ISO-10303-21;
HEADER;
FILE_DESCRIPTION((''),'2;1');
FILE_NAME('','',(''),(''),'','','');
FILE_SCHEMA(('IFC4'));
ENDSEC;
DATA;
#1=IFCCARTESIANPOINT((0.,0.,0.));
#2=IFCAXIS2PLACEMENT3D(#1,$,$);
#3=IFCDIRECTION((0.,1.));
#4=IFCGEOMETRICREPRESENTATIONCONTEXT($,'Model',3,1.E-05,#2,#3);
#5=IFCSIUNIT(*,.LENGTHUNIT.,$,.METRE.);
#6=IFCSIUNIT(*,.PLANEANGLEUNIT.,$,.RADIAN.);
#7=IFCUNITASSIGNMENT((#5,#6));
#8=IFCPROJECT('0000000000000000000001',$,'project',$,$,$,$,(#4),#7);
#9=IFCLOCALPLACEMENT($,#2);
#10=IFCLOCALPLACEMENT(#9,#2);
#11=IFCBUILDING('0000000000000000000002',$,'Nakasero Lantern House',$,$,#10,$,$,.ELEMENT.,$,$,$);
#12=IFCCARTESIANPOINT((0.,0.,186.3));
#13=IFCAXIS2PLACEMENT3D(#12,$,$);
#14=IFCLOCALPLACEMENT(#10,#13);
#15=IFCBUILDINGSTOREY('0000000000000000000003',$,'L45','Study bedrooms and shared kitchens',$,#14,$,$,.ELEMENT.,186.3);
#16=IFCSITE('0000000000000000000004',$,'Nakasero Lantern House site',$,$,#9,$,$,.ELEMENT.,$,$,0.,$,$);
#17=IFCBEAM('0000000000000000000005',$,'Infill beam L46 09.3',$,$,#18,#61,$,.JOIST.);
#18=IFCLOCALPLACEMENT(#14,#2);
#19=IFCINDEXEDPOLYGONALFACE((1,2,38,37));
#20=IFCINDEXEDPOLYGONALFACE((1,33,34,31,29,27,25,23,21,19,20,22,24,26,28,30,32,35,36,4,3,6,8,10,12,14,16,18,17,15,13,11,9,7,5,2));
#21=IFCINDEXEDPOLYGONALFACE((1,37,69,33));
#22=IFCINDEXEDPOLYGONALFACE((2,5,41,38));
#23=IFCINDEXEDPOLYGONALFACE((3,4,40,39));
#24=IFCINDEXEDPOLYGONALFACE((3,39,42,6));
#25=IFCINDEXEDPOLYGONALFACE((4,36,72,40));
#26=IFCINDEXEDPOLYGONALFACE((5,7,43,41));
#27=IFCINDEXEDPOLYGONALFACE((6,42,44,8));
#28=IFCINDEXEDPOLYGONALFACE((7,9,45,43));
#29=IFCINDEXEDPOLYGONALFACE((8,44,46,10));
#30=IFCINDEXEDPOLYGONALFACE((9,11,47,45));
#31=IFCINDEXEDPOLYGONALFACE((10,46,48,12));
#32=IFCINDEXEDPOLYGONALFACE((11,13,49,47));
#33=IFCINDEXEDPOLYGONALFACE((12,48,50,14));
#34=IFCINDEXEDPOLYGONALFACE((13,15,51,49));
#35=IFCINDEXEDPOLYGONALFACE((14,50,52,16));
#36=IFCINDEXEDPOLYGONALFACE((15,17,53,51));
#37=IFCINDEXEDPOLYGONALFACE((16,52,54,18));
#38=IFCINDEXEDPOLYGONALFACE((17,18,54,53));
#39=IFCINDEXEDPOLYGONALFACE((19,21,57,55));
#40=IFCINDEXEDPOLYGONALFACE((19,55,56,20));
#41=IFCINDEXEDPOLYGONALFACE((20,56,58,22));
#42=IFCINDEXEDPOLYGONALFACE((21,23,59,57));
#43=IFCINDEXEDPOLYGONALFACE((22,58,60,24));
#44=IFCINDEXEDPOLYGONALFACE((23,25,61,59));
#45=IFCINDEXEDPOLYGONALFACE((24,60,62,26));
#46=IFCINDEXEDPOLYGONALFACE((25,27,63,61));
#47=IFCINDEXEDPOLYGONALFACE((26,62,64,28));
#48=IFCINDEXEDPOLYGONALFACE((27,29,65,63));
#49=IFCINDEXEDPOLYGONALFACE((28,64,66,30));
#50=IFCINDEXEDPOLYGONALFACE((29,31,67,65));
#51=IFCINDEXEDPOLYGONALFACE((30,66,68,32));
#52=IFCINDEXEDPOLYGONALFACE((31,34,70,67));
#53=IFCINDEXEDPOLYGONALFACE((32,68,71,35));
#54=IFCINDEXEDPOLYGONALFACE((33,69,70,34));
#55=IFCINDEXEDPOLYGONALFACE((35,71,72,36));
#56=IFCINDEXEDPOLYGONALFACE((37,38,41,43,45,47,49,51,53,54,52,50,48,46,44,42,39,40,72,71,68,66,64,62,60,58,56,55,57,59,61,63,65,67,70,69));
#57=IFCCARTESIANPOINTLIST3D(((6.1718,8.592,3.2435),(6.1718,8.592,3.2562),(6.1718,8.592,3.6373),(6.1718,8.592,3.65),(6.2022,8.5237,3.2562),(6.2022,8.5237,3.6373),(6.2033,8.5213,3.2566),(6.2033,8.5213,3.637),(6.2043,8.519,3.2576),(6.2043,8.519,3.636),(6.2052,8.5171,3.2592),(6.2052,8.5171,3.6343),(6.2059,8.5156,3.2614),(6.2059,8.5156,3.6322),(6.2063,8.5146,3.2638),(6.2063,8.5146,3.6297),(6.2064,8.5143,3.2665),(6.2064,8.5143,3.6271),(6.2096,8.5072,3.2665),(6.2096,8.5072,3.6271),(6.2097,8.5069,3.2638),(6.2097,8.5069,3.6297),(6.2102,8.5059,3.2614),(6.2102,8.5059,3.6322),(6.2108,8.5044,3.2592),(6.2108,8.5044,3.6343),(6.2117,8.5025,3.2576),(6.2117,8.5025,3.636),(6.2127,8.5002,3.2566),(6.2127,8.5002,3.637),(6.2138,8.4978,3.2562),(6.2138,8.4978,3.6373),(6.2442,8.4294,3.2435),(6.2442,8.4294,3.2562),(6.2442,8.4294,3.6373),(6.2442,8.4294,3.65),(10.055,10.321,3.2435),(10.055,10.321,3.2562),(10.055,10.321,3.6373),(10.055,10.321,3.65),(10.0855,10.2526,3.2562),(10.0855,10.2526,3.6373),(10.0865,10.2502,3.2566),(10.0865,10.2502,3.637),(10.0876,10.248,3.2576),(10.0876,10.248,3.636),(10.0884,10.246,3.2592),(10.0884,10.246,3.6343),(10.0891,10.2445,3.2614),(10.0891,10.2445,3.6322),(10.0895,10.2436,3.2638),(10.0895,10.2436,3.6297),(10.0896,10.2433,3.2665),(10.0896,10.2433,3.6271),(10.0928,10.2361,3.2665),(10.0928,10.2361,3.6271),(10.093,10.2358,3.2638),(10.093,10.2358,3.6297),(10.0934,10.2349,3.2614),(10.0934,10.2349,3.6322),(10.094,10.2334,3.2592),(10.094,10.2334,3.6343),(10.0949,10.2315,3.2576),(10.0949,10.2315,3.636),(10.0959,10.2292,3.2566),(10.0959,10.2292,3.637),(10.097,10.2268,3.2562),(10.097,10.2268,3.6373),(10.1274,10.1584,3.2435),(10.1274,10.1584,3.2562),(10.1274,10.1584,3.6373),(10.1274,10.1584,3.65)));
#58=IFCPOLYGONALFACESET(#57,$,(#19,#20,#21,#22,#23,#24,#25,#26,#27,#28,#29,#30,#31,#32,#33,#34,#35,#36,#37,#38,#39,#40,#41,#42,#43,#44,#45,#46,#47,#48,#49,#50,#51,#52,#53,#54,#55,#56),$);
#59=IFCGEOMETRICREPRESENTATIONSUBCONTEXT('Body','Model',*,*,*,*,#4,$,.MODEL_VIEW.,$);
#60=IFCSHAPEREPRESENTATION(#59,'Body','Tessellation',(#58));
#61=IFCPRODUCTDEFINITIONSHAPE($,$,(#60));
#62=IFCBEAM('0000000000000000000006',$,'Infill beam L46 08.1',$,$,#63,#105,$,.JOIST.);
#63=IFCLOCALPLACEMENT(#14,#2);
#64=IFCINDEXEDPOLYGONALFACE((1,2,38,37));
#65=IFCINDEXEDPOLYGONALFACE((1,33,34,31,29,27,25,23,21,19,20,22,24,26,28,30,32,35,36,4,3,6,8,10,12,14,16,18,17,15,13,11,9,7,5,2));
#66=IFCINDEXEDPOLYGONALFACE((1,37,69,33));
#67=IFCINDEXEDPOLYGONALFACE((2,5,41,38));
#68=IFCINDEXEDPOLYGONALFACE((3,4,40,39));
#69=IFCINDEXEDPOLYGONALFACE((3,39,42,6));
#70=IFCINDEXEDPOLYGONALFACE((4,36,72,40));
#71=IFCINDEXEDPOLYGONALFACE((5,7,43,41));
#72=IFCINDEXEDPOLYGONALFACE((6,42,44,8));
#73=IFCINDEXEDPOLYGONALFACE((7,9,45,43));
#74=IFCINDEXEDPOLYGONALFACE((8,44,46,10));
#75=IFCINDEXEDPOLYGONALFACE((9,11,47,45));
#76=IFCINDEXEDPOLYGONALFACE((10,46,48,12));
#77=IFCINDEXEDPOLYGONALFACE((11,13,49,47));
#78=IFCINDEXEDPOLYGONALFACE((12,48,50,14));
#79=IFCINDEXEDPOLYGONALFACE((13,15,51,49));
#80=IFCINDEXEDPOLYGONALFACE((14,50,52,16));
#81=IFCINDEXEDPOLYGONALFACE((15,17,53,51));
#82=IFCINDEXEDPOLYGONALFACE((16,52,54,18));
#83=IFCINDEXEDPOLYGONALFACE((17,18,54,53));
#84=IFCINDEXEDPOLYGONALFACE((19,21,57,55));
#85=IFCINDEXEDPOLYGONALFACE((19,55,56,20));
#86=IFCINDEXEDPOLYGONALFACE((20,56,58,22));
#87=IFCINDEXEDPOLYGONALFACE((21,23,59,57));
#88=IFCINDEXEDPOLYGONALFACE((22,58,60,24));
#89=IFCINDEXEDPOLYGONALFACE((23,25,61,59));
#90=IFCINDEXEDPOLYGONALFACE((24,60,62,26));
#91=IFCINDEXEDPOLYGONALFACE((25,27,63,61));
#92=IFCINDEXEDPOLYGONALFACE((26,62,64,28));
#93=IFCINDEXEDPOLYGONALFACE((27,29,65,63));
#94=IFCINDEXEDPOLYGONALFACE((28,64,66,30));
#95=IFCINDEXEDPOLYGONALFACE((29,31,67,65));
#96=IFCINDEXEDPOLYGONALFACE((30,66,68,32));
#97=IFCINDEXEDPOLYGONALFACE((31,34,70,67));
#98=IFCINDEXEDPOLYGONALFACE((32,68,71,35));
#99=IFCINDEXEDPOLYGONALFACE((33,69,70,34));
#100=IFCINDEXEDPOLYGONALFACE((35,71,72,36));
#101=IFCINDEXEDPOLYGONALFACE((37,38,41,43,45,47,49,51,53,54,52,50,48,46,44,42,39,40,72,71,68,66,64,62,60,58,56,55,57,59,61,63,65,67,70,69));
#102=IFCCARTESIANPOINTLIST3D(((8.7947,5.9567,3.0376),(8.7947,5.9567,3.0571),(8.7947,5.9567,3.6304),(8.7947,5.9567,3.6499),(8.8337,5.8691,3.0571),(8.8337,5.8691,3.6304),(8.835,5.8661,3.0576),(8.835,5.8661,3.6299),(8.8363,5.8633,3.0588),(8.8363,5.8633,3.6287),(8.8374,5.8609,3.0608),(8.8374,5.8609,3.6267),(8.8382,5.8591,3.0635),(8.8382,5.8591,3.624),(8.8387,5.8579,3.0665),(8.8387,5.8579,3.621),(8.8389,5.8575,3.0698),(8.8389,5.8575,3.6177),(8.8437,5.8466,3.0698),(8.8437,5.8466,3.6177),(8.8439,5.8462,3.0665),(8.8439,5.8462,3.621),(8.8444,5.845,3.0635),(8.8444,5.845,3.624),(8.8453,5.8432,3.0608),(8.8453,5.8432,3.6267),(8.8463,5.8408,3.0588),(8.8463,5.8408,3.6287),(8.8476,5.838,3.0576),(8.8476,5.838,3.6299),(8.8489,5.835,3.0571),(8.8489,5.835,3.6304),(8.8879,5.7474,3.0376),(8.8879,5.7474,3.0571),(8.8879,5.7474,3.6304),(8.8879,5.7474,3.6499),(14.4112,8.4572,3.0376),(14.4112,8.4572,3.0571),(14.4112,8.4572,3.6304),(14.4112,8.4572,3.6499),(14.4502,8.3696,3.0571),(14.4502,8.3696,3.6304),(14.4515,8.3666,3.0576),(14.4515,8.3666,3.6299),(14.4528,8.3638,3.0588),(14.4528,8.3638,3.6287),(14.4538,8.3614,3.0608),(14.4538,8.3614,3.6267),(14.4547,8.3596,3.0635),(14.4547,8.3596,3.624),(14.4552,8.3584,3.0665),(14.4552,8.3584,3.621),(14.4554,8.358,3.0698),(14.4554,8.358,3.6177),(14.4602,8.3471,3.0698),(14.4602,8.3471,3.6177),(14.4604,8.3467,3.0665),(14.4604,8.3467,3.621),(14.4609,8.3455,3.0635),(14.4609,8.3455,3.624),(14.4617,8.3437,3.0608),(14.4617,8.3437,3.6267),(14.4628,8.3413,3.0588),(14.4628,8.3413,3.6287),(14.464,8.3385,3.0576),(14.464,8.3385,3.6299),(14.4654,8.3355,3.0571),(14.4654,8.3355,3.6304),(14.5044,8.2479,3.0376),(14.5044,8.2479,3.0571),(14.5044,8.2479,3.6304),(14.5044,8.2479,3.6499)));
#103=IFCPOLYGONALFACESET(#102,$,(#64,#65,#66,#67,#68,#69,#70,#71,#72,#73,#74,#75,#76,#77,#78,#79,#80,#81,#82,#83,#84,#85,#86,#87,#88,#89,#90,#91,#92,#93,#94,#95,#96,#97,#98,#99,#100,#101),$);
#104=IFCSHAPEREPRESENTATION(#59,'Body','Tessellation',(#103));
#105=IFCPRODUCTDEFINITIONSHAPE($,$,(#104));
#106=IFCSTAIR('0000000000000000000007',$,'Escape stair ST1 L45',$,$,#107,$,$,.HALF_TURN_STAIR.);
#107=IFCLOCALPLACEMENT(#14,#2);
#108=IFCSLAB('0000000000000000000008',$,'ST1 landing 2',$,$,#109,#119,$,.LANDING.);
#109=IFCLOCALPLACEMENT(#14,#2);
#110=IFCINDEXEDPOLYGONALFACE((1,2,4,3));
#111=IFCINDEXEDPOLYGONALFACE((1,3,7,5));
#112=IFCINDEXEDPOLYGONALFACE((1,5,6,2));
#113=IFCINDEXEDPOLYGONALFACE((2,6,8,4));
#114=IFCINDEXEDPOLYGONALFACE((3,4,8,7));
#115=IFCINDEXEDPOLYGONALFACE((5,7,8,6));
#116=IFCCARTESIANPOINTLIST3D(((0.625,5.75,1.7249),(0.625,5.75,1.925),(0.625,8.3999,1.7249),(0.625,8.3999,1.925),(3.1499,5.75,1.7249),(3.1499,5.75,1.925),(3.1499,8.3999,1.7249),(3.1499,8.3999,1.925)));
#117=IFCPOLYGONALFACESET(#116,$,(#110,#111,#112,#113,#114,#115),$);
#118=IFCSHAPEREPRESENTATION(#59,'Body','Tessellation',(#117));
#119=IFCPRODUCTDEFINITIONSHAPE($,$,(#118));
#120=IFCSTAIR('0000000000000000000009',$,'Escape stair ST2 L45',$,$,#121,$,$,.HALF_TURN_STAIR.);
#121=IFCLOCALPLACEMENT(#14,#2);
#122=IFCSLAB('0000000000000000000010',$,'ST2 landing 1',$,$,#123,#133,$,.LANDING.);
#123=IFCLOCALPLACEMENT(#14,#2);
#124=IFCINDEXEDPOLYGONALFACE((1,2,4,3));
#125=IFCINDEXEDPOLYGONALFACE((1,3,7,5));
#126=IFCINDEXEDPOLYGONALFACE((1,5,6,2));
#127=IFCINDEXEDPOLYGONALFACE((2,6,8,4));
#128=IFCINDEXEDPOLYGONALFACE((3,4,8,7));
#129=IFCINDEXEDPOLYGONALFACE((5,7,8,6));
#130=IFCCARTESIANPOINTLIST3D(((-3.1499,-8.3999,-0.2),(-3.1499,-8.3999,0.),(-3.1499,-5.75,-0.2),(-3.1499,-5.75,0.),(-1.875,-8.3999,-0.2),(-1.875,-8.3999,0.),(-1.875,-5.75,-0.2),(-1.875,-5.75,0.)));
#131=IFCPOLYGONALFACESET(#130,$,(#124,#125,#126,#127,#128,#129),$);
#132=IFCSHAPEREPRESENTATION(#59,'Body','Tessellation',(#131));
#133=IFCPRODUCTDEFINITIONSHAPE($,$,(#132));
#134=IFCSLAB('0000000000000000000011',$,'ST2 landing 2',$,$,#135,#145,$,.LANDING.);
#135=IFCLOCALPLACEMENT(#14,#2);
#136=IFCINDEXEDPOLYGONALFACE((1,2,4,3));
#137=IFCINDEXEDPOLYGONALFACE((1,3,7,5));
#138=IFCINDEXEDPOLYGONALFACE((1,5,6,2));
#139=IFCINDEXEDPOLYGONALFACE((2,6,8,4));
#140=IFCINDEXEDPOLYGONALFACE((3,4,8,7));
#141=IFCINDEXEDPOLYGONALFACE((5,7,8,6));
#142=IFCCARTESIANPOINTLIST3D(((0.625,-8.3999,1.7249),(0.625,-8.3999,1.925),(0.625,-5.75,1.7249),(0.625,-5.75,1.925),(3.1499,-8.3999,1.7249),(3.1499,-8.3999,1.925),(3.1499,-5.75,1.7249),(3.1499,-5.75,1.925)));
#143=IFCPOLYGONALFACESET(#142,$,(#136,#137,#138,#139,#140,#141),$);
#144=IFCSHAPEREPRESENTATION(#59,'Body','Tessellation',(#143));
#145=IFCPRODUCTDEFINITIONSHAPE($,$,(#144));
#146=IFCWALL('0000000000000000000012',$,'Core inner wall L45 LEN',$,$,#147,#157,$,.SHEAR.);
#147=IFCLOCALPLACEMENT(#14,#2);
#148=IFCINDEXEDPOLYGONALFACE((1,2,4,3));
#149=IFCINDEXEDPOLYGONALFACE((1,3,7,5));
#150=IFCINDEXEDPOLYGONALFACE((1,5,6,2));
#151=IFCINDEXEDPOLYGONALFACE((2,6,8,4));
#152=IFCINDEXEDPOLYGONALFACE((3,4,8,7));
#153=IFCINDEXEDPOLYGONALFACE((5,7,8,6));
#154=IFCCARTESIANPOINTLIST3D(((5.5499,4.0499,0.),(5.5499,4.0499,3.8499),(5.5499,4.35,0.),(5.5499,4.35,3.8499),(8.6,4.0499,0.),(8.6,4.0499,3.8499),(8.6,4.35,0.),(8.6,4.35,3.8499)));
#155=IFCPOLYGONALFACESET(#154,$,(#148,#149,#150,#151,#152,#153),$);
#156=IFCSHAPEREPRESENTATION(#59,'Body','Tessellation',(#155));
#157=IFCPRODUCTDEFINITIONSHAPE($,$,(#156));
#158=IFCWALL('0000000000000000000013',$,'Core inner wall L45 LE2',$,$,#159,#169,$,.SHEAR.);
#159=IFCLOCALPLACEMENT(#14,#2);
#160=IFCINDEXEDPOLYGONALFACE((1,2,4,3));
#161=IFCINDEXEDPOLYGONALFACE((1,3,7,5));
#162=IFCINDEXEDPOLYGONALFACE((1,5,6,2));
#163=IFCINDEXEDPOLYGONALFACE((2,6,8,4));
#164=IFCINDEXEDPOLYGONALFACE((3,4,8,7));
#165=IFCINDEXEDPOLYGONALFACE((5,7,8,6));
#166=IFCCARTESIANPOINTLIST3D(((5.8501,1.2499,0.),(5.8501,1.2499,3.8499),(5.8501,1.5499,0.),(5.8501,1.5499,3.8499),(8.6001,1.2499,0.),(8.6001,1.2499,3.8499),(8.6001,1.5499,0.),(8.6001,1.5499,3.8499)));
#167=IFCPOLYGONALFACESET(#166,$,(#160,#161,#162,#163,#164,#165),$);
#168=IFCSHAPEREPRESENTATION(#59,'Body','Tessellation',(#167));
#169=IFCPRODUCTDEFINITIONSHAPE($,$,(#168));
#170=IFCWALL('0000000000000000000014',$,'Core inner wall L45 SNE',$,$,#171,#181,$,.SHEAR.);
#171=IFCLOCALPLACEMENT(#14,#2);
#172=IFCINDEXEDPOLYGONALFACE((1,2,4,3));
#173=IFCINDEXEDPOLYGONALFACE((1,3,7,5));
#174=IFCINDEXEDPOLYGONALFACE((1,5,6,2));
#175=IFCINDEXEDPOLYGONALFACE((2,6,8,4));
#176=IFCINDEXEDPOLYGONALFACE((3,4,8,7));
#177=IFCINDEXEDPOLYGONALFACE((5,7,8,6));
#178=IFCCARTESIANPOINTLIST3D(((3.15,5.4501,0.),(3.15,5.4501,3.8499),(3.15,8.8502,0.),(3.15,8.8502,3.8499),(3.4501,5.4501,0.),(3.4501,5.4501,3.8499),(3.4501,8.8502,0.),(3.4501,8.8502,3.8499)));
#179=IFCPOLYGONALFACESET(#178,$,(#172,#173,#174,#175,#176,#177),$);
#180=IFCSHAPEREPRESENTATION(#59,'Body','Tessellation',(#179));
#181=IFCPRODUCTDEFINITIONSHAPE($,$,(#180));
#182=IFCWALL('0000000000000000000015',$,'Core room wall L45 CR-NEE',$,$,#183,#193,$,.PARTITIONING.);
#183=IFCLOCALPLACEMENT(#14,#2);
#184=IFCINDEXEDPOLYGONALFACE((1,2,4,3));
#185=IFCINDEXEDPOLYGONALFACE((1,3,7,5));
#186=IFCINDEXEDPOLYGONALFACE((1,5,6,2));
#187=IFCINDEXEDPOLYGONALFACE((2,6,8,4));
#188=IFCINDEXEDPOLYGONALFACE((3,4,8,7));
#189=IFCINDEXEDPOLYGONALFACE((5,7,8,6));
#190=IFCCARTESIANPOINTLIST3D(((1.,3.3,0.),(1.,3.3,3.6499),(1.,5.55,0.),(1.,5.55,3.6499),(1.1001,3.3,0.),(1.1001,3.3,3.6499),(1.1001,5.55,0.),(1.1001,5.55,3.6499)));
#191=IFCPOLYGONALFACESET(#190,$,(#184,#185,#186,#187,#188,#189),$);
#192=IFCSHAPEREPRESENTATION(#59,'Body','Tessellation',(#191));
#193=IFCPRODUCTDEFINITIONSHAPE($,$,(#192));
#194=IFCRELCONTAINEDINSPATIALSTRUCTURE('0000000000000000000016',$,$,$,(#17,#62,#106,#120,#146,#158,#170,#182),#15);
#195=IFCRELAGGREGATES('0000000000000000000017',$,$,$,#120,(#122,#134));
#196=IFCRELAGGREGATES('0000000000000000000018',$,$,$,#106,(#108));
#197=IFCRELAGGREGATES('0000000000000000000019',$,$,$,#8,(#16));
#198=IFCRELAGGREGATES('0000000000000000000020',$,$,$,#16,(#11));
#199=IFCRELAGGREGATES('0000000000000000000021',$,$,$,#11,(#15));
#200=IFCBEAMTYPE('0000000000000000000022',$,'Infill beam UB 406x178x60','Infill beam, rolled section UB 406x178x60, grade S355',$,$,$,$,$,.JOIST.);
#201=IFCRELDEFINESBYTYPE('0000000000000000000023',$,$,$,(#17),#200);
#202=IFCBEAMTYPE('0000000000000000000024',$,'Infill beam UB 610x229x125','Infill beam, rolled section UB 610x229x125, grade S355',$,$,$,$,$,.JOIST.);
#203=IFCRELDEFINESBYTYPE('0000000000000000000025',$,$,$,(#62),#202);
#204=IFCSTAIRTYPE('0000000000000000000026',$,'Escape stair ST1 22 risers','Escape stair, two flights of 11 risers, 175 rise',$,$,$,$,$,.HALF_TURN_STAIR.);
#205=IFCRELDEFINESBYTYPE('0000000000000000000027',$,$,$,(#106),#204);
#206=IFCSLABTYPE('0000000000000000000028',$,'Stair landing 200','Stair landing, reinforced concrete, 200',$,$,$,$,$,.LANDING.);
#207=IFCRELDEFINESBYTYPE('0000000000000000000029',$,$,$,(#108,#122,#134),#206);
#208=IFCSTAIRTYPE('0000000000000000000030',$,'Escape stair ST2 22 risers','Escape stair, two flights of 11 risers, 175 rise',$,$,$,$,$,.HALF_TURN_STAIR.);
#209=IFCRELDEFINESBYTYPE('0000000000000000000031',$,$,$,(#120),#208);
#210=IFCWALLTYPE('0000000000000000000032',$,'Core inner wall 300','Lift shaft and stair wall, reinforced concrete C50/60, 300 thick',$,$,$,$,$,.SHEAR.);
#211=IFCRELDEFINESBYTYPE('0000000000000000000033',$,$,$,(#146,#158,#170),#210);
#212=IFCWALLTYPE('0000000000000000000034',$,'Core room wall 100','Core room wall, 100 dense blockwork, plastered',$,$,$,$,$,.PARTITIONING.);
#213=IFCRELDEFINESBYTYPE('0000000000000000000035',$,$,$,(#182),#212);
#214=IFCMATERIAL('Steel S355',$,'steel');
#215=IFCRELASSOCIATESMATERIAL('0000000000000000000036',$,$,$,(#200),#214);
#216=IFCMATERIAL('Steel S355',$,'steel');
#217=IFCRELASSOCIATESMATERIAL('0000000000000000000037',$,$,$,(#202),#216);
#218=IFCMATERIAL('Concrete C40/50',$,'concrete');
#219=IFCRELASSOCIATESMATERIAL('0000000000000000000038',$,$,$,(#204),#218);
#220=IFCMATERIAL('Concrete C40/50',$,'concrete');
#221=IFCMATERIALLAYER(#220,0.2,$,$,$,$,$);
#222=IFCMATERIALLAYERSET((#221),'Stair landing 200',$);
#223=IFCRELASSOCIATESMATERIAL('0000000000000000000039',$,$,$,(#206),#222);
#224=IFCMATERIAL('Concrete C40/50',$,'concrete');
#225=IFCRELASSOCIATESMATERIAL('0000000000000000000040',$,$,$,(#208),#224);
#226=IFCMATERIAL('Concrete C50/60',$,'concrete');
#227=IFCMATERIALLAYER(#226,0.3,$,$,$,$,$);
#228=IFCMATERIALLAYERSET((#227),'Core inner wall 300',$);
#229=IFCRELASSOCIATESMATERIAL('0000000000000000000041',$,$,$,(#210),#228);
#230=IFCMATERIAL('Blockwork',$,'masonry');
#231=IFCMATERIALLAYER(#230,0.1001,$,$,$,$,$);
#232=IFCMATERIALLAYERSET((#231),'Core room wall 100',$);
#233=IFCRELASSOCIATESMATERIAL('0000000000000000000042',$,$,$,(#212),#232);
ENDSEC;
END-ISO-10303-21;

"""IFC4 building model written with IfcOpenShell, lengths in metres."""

from ifc_helpers import new_model, si_unit, direction, frame, frame_2d, origin, origin_2d, place, context, subcontext, project, spatial, polyline, rectangle, i_section, outline, extrude, material, layer, layer_set, material_profile, profile_set, type_object, element, aggregate, save


model = new_model("IFC4")

# Units and contexts
model_context = context("Model", 3, precision=1e-05, world=origin(), true_north=direction((0.0, 1.0)))
body_context = subcontext(model_context, "Body", "Model", "MODEL_VIEW")
ifc_project = project(units=[si_unit("LENGTHUNIT", "METRE"), si_unit("PLANEANGLEUNIT", "RADIAN")], contexts=[model_context])

# Site, building, storey
site_placement = place(None, origin())
site = spatial("IfcSite", under=ifc_project, at=site_placement, Name="Nakasero Lantern House site", CompositionType="ELEMENT", RefElevation=0.0)
building_placement = place(site_placement, origin())
building = spatial("IfcBuilding", under=site, at=building_placement, Name="Nakasero Lantern House", CompositionType="ELEMENT")
storey_placement = place(building_placement, frame((0.0, 0.0, 186.3)))
storey = spatial("IfcBuildingStorey", under=building, at=storey_placement, Name="L45", Description="Study bedrooms and shared kitchens", CompositionType="ELEMENT", Elevation=186.3)

# Beams
ifc_material_1 = material(Name="Steel S355", Category="steel")
ifc_material_profile_1 = material_profile(ifc_material_1, i_section(OverallWidth=0.178, OverallDepth=0.4065, WebThickness=0.0078, FlangeThickness=0.0127, FilletRadius=0.0103, at=origin_2d()), Name="UB 406x178x60")
ifc_profile_set_1 = profile_set([ifc_material_profile_1], Name="Steel S355")
beam_type_1 = type_object("IfcBeamType", Name="Infill beam UB 406x178x60", Description="Infill beam, rolled section UB 406x178x60, grade S355", PredefinedType="JOIST", material=ifc_profile_set_1)
beam_1_placement = place(storey_placement, frame((6.208, 8.5107, 3.4468), z_axis=(0.913541, 0.406746, 0.0), x_axis=(-0.406746, 0.913541, 0.0)))
element("IfcBeam", 1, at=beam_1_placement, inside=storey, type_object=beam_type_1, Name="Infill beam L46 09.3", PredefinedType="JOIST", context=body_context, shape_type="SweptSolid", body=[
    extrude(i_section(OverallWidth=0.178, OverallDepth=0.4065, WebThickness=0.0078, FlangeThickness=0.0127, FilletRadius=0.0103, at=origin_2d()), origin(), (0.0, 0.0, 1.0), 4.2507),
])
ifc_material_2 = material(Name="Steel S355", Category="steel")
ifc_material_profile_2 = material_profile(ifc_material_2, i_section(OverallWidth=0.229, OverallDepth=0.6123, WebThickness=0.012, FlangeThickness=0.0195, FilletRadius=0.0127, at=origin_2d()), Name="UB 610x229x125")
ifc_profile_set_2 = profile_set([ifc_material_profile_2], Name="Steel S355")
beam_type_2 = type_object("IfcBeamType", Name="Infill beam UB 610x229x125", Description="Infill beam, rolled section UB 610x229x125, grade S355", PredefinedType="JOIST", material=ifc_profile_set_2)
beam_2_placement = place(storey_placement, frame((8.8413, 5.8521, 3.3438), z_axis=(0.913553, 0.406721, 0.0), x_axis=(-0.406721, 0.913553, 0.0)))
element("IfcBeam", 2, at=beam_2_placement, inside=storey, type_object=beam_type_2, Name="Infill beam L46 08.1", PredefinedType="JOIST", context=body_context, shape_type="SweptSolid", body=[
    extrude(i_section(OverallWidth=0.229, OverallDepth=0.6123, WebThickness=0.012, FlangeThickness=0.0195, FilletRadius=0.0127, at=origin_2d()), origin(), (0.0, 0.0, 1.0), 6.1479),
])

# Stair, slab
ifc_material_3 = material(Name="Concrete C40/50", Category="concrete")
stair_type_1 = type_object("IfcStairType", Name="Escape stair ST1 22 risers", Description="Escape stair, two flights of 11 risers, 175 rise", PredefinedType="HALF_TURN_STAIR", material=ifc_material_3)
stair_1_placement = place(storey_placement, origin())
stair_1 = element("IfcStair", 3, at=stair_1_placement, inside=storey, type_object=stair_type_1, Name="Escape stair ST1 L45", PredefinedType="HALF_TURN_STAIR")
ifc_material_4 = material(Name="Concrete C40/50", Category="concrete")
ifc_layer_1 = layer(ifc_material_4, 0.2)
ifc_layer_set_1 = layer_set([ifc_layer_1], Name="Stair landing 200")
slab_type = type_object("IfcSlabType", Name="Stair landing 200", Description="Stair landing, reinforced concrete, 200", PredefinedType="LANDING", material=ifc_layer_set_1)
slab_1_placement = place(storey_placement, frame((0.0, 0.0, 1.7249)))
slab_1 = element("IfcSlab", 4, at=slab_1_placement, type_object=slab_type, Name="ST1 landing 2", PredefinedType="LANDING", context=body_context, shape_type="SweptSolid", body=[
    extrude(outline(polyline([(0.625, 5.75), (3.1499, 5.75), (3.1499, 8.3999), (0.625, 8.3999), (0.625, 5.75)])), origin(), (0.0, 0.0, 1.0), 0.2002),
])

# Stair, slabs
ifc_material_5 = material(Name="Concrete C40/50", Category="concrete")
stair_type_2 = type_object("IfcStairType", Name="Escape stair ST2 22 risers", Description="Escape stair, two flights of 11 risers, 175 rise", PredefinedType="HALF_TURN_STAIR", material=ifc_material_5)
stair_2_placement = place(storey_placement, origin())
stair_2 = element("IfcStair", 5, at=stair_2_placement, inside=storey, type_object=stair_type_2, Name="Escape stair ST2 L45", PredefinedType="HALF_TURN_STAIR")
slab_2_placement = place(storey_placement, frame((0.0, 0.0, -0.2)))
slab_2 = element("IfcSlab", 6, at=slab_2_placement, type_object=slab_type, Name="ST2 landing 1", PredefinedType="LANDING", context=body_context, shape_type="SweptSolid", body=[
    extrude(outline(polyline([(-3.1499, -8.3999), (-1.875, -8.3999), (-1.875, -5.75), (-3.1499, -5.75), (-3.1499, -8.3999)])), origin(), (0.0, 0.0, 1.0), 0.2),
])
slab_3_placement = place(storey_placement, frame((0.0, 0.0, 1.7249)))
slab_3 = element("IfcSlab", 7, at=slab_3_placement, type_object=slab_type, Name="ST2 landing 2", PredefinedType="LANDING", context=body_context, shape_type="SweptSolid", body=[
    extrude(outline(polyline([(0.625, -8.3999), (3.1499, -8.3999), (3.1499, -5.75), (0.625, -5.75), (0.625, -8.3999)])), origin(), (0.0, 0.0, 1.0), 0.2002),
])
aggregate(stair_2, [slab_2, slab_3])

# Walls
ifc_material_6 = material(Name="Concrete C50/60", Category="concrete")
ifc_layer_2 = layer(ifc_material_6, 0.3)
ifc_layer_set_2 = layer_set([ifc_layer_2], Name="Core inner wall 300")
wall_type_1 = type_object("IfcWallType", Name="Core inner wall 300", Description="Lift shaft and stair wall, reinforced concrete C50/60, 300 thick", PredefinedType="SHEAR", material=ifc_layer_set_2)
wall_1_placement = place(storey_placement, frame((5.55, 4.2, 0.0), z_axis=(0.0, 0.0, 1.0), x_axis=(1.0, 0.0, 0.0)))
element("IfcWall", 8, at=wall_1_placement, inside=storey, type_object=wall_type_1, Name="Core inner wall L45 LEN", PredefinedType="SHEAR", context=body_context, shape_type="SweptSolid", body=[
    extrude(rectangle(XDim=3.05, YDim=0.3, at=frame_2d((1.5249, 0.0))), origin(), (0.0, 0.0, 1.0), 3.8499),
])
wall_2_placement = place(storey_placement, frame((5.8501, 1.3999, 0.0), z_axis=(0.0, 0.0, 1.0), x_axis=(1.0, 0.0, 0.0)))
element("IfcWall", 9, at=wall_2_placement, inside=storey, type_object=wall_type_1, Name="Core inner wall L45 LE2", PredefinedType="SHEAR", context=body_context, shape_type="SweptSolid", body=[
    extrude(rectangle(XDim=2.75, YDim=0.3, at=frame_2d((1.375, 0.0))), origin(), (0.0, 0.0, 1.0), 3.8499),
])
wall_3_placement = place(storey_placement, frame((3.3, 5.45, 0.0), z_axis=(0.0, 0.0, 1.0), x_axis=(0.0, 1.0, 0.0)))
element("IfcWall", 10, at=wall_3_placement, inside=storey, type_object=wall_type_1, Name="Core inner wall L45 SNE", PredefinedType="SHEAR", context=body_context, shape_type="SweptSolid", body=[
    extrude(rectangle(XDim=3.4001, YDim=0.3, at=frame_2d((1.7002, 0.0))), origin(), (0.0, 0.0, 1.0), 3.8499),
])
ifc_material_7 = material(Name="Blockwork", Category="masonry")
ifc_layer_3 = layer(ifc_material_7, 0.1001)
ifc_layer_set_3 = layer_set([ifc_layer_3], Name="Core room wall 100")
wall_type_2 = type_object("IfcWallType", Name="Core room wall 100", Description="Core room wall, 100 dense blockwork, plastered", PredefinedType="PARTITIONING", material=ifc_layer_set_3)
wall_4_placement = place(storey_placement, frame((1.05, 3.3, 0.0), z_axis=(0.0, 0.0, 1.0), x_axis=(0.0, 1.0, 0.0)))
element("IfcWall", 11, at=wall_4_placement, inside=storey, type_object=wall_type_2, Name="Core room wall L45 CR-NEE", PredefinedType="PARTITIONING", context=body_context, shape_type="SweptSolid", body=[
    extrude(rectangle(XDim=2.25, YDim=0.1001, at=frame_2d((1.125, 0.0))), origin(), (0.0, 0.0, 1.0), 3.6499),
])

aggregate(stair_1, [slab_1])

save(model, "model.ifc")
